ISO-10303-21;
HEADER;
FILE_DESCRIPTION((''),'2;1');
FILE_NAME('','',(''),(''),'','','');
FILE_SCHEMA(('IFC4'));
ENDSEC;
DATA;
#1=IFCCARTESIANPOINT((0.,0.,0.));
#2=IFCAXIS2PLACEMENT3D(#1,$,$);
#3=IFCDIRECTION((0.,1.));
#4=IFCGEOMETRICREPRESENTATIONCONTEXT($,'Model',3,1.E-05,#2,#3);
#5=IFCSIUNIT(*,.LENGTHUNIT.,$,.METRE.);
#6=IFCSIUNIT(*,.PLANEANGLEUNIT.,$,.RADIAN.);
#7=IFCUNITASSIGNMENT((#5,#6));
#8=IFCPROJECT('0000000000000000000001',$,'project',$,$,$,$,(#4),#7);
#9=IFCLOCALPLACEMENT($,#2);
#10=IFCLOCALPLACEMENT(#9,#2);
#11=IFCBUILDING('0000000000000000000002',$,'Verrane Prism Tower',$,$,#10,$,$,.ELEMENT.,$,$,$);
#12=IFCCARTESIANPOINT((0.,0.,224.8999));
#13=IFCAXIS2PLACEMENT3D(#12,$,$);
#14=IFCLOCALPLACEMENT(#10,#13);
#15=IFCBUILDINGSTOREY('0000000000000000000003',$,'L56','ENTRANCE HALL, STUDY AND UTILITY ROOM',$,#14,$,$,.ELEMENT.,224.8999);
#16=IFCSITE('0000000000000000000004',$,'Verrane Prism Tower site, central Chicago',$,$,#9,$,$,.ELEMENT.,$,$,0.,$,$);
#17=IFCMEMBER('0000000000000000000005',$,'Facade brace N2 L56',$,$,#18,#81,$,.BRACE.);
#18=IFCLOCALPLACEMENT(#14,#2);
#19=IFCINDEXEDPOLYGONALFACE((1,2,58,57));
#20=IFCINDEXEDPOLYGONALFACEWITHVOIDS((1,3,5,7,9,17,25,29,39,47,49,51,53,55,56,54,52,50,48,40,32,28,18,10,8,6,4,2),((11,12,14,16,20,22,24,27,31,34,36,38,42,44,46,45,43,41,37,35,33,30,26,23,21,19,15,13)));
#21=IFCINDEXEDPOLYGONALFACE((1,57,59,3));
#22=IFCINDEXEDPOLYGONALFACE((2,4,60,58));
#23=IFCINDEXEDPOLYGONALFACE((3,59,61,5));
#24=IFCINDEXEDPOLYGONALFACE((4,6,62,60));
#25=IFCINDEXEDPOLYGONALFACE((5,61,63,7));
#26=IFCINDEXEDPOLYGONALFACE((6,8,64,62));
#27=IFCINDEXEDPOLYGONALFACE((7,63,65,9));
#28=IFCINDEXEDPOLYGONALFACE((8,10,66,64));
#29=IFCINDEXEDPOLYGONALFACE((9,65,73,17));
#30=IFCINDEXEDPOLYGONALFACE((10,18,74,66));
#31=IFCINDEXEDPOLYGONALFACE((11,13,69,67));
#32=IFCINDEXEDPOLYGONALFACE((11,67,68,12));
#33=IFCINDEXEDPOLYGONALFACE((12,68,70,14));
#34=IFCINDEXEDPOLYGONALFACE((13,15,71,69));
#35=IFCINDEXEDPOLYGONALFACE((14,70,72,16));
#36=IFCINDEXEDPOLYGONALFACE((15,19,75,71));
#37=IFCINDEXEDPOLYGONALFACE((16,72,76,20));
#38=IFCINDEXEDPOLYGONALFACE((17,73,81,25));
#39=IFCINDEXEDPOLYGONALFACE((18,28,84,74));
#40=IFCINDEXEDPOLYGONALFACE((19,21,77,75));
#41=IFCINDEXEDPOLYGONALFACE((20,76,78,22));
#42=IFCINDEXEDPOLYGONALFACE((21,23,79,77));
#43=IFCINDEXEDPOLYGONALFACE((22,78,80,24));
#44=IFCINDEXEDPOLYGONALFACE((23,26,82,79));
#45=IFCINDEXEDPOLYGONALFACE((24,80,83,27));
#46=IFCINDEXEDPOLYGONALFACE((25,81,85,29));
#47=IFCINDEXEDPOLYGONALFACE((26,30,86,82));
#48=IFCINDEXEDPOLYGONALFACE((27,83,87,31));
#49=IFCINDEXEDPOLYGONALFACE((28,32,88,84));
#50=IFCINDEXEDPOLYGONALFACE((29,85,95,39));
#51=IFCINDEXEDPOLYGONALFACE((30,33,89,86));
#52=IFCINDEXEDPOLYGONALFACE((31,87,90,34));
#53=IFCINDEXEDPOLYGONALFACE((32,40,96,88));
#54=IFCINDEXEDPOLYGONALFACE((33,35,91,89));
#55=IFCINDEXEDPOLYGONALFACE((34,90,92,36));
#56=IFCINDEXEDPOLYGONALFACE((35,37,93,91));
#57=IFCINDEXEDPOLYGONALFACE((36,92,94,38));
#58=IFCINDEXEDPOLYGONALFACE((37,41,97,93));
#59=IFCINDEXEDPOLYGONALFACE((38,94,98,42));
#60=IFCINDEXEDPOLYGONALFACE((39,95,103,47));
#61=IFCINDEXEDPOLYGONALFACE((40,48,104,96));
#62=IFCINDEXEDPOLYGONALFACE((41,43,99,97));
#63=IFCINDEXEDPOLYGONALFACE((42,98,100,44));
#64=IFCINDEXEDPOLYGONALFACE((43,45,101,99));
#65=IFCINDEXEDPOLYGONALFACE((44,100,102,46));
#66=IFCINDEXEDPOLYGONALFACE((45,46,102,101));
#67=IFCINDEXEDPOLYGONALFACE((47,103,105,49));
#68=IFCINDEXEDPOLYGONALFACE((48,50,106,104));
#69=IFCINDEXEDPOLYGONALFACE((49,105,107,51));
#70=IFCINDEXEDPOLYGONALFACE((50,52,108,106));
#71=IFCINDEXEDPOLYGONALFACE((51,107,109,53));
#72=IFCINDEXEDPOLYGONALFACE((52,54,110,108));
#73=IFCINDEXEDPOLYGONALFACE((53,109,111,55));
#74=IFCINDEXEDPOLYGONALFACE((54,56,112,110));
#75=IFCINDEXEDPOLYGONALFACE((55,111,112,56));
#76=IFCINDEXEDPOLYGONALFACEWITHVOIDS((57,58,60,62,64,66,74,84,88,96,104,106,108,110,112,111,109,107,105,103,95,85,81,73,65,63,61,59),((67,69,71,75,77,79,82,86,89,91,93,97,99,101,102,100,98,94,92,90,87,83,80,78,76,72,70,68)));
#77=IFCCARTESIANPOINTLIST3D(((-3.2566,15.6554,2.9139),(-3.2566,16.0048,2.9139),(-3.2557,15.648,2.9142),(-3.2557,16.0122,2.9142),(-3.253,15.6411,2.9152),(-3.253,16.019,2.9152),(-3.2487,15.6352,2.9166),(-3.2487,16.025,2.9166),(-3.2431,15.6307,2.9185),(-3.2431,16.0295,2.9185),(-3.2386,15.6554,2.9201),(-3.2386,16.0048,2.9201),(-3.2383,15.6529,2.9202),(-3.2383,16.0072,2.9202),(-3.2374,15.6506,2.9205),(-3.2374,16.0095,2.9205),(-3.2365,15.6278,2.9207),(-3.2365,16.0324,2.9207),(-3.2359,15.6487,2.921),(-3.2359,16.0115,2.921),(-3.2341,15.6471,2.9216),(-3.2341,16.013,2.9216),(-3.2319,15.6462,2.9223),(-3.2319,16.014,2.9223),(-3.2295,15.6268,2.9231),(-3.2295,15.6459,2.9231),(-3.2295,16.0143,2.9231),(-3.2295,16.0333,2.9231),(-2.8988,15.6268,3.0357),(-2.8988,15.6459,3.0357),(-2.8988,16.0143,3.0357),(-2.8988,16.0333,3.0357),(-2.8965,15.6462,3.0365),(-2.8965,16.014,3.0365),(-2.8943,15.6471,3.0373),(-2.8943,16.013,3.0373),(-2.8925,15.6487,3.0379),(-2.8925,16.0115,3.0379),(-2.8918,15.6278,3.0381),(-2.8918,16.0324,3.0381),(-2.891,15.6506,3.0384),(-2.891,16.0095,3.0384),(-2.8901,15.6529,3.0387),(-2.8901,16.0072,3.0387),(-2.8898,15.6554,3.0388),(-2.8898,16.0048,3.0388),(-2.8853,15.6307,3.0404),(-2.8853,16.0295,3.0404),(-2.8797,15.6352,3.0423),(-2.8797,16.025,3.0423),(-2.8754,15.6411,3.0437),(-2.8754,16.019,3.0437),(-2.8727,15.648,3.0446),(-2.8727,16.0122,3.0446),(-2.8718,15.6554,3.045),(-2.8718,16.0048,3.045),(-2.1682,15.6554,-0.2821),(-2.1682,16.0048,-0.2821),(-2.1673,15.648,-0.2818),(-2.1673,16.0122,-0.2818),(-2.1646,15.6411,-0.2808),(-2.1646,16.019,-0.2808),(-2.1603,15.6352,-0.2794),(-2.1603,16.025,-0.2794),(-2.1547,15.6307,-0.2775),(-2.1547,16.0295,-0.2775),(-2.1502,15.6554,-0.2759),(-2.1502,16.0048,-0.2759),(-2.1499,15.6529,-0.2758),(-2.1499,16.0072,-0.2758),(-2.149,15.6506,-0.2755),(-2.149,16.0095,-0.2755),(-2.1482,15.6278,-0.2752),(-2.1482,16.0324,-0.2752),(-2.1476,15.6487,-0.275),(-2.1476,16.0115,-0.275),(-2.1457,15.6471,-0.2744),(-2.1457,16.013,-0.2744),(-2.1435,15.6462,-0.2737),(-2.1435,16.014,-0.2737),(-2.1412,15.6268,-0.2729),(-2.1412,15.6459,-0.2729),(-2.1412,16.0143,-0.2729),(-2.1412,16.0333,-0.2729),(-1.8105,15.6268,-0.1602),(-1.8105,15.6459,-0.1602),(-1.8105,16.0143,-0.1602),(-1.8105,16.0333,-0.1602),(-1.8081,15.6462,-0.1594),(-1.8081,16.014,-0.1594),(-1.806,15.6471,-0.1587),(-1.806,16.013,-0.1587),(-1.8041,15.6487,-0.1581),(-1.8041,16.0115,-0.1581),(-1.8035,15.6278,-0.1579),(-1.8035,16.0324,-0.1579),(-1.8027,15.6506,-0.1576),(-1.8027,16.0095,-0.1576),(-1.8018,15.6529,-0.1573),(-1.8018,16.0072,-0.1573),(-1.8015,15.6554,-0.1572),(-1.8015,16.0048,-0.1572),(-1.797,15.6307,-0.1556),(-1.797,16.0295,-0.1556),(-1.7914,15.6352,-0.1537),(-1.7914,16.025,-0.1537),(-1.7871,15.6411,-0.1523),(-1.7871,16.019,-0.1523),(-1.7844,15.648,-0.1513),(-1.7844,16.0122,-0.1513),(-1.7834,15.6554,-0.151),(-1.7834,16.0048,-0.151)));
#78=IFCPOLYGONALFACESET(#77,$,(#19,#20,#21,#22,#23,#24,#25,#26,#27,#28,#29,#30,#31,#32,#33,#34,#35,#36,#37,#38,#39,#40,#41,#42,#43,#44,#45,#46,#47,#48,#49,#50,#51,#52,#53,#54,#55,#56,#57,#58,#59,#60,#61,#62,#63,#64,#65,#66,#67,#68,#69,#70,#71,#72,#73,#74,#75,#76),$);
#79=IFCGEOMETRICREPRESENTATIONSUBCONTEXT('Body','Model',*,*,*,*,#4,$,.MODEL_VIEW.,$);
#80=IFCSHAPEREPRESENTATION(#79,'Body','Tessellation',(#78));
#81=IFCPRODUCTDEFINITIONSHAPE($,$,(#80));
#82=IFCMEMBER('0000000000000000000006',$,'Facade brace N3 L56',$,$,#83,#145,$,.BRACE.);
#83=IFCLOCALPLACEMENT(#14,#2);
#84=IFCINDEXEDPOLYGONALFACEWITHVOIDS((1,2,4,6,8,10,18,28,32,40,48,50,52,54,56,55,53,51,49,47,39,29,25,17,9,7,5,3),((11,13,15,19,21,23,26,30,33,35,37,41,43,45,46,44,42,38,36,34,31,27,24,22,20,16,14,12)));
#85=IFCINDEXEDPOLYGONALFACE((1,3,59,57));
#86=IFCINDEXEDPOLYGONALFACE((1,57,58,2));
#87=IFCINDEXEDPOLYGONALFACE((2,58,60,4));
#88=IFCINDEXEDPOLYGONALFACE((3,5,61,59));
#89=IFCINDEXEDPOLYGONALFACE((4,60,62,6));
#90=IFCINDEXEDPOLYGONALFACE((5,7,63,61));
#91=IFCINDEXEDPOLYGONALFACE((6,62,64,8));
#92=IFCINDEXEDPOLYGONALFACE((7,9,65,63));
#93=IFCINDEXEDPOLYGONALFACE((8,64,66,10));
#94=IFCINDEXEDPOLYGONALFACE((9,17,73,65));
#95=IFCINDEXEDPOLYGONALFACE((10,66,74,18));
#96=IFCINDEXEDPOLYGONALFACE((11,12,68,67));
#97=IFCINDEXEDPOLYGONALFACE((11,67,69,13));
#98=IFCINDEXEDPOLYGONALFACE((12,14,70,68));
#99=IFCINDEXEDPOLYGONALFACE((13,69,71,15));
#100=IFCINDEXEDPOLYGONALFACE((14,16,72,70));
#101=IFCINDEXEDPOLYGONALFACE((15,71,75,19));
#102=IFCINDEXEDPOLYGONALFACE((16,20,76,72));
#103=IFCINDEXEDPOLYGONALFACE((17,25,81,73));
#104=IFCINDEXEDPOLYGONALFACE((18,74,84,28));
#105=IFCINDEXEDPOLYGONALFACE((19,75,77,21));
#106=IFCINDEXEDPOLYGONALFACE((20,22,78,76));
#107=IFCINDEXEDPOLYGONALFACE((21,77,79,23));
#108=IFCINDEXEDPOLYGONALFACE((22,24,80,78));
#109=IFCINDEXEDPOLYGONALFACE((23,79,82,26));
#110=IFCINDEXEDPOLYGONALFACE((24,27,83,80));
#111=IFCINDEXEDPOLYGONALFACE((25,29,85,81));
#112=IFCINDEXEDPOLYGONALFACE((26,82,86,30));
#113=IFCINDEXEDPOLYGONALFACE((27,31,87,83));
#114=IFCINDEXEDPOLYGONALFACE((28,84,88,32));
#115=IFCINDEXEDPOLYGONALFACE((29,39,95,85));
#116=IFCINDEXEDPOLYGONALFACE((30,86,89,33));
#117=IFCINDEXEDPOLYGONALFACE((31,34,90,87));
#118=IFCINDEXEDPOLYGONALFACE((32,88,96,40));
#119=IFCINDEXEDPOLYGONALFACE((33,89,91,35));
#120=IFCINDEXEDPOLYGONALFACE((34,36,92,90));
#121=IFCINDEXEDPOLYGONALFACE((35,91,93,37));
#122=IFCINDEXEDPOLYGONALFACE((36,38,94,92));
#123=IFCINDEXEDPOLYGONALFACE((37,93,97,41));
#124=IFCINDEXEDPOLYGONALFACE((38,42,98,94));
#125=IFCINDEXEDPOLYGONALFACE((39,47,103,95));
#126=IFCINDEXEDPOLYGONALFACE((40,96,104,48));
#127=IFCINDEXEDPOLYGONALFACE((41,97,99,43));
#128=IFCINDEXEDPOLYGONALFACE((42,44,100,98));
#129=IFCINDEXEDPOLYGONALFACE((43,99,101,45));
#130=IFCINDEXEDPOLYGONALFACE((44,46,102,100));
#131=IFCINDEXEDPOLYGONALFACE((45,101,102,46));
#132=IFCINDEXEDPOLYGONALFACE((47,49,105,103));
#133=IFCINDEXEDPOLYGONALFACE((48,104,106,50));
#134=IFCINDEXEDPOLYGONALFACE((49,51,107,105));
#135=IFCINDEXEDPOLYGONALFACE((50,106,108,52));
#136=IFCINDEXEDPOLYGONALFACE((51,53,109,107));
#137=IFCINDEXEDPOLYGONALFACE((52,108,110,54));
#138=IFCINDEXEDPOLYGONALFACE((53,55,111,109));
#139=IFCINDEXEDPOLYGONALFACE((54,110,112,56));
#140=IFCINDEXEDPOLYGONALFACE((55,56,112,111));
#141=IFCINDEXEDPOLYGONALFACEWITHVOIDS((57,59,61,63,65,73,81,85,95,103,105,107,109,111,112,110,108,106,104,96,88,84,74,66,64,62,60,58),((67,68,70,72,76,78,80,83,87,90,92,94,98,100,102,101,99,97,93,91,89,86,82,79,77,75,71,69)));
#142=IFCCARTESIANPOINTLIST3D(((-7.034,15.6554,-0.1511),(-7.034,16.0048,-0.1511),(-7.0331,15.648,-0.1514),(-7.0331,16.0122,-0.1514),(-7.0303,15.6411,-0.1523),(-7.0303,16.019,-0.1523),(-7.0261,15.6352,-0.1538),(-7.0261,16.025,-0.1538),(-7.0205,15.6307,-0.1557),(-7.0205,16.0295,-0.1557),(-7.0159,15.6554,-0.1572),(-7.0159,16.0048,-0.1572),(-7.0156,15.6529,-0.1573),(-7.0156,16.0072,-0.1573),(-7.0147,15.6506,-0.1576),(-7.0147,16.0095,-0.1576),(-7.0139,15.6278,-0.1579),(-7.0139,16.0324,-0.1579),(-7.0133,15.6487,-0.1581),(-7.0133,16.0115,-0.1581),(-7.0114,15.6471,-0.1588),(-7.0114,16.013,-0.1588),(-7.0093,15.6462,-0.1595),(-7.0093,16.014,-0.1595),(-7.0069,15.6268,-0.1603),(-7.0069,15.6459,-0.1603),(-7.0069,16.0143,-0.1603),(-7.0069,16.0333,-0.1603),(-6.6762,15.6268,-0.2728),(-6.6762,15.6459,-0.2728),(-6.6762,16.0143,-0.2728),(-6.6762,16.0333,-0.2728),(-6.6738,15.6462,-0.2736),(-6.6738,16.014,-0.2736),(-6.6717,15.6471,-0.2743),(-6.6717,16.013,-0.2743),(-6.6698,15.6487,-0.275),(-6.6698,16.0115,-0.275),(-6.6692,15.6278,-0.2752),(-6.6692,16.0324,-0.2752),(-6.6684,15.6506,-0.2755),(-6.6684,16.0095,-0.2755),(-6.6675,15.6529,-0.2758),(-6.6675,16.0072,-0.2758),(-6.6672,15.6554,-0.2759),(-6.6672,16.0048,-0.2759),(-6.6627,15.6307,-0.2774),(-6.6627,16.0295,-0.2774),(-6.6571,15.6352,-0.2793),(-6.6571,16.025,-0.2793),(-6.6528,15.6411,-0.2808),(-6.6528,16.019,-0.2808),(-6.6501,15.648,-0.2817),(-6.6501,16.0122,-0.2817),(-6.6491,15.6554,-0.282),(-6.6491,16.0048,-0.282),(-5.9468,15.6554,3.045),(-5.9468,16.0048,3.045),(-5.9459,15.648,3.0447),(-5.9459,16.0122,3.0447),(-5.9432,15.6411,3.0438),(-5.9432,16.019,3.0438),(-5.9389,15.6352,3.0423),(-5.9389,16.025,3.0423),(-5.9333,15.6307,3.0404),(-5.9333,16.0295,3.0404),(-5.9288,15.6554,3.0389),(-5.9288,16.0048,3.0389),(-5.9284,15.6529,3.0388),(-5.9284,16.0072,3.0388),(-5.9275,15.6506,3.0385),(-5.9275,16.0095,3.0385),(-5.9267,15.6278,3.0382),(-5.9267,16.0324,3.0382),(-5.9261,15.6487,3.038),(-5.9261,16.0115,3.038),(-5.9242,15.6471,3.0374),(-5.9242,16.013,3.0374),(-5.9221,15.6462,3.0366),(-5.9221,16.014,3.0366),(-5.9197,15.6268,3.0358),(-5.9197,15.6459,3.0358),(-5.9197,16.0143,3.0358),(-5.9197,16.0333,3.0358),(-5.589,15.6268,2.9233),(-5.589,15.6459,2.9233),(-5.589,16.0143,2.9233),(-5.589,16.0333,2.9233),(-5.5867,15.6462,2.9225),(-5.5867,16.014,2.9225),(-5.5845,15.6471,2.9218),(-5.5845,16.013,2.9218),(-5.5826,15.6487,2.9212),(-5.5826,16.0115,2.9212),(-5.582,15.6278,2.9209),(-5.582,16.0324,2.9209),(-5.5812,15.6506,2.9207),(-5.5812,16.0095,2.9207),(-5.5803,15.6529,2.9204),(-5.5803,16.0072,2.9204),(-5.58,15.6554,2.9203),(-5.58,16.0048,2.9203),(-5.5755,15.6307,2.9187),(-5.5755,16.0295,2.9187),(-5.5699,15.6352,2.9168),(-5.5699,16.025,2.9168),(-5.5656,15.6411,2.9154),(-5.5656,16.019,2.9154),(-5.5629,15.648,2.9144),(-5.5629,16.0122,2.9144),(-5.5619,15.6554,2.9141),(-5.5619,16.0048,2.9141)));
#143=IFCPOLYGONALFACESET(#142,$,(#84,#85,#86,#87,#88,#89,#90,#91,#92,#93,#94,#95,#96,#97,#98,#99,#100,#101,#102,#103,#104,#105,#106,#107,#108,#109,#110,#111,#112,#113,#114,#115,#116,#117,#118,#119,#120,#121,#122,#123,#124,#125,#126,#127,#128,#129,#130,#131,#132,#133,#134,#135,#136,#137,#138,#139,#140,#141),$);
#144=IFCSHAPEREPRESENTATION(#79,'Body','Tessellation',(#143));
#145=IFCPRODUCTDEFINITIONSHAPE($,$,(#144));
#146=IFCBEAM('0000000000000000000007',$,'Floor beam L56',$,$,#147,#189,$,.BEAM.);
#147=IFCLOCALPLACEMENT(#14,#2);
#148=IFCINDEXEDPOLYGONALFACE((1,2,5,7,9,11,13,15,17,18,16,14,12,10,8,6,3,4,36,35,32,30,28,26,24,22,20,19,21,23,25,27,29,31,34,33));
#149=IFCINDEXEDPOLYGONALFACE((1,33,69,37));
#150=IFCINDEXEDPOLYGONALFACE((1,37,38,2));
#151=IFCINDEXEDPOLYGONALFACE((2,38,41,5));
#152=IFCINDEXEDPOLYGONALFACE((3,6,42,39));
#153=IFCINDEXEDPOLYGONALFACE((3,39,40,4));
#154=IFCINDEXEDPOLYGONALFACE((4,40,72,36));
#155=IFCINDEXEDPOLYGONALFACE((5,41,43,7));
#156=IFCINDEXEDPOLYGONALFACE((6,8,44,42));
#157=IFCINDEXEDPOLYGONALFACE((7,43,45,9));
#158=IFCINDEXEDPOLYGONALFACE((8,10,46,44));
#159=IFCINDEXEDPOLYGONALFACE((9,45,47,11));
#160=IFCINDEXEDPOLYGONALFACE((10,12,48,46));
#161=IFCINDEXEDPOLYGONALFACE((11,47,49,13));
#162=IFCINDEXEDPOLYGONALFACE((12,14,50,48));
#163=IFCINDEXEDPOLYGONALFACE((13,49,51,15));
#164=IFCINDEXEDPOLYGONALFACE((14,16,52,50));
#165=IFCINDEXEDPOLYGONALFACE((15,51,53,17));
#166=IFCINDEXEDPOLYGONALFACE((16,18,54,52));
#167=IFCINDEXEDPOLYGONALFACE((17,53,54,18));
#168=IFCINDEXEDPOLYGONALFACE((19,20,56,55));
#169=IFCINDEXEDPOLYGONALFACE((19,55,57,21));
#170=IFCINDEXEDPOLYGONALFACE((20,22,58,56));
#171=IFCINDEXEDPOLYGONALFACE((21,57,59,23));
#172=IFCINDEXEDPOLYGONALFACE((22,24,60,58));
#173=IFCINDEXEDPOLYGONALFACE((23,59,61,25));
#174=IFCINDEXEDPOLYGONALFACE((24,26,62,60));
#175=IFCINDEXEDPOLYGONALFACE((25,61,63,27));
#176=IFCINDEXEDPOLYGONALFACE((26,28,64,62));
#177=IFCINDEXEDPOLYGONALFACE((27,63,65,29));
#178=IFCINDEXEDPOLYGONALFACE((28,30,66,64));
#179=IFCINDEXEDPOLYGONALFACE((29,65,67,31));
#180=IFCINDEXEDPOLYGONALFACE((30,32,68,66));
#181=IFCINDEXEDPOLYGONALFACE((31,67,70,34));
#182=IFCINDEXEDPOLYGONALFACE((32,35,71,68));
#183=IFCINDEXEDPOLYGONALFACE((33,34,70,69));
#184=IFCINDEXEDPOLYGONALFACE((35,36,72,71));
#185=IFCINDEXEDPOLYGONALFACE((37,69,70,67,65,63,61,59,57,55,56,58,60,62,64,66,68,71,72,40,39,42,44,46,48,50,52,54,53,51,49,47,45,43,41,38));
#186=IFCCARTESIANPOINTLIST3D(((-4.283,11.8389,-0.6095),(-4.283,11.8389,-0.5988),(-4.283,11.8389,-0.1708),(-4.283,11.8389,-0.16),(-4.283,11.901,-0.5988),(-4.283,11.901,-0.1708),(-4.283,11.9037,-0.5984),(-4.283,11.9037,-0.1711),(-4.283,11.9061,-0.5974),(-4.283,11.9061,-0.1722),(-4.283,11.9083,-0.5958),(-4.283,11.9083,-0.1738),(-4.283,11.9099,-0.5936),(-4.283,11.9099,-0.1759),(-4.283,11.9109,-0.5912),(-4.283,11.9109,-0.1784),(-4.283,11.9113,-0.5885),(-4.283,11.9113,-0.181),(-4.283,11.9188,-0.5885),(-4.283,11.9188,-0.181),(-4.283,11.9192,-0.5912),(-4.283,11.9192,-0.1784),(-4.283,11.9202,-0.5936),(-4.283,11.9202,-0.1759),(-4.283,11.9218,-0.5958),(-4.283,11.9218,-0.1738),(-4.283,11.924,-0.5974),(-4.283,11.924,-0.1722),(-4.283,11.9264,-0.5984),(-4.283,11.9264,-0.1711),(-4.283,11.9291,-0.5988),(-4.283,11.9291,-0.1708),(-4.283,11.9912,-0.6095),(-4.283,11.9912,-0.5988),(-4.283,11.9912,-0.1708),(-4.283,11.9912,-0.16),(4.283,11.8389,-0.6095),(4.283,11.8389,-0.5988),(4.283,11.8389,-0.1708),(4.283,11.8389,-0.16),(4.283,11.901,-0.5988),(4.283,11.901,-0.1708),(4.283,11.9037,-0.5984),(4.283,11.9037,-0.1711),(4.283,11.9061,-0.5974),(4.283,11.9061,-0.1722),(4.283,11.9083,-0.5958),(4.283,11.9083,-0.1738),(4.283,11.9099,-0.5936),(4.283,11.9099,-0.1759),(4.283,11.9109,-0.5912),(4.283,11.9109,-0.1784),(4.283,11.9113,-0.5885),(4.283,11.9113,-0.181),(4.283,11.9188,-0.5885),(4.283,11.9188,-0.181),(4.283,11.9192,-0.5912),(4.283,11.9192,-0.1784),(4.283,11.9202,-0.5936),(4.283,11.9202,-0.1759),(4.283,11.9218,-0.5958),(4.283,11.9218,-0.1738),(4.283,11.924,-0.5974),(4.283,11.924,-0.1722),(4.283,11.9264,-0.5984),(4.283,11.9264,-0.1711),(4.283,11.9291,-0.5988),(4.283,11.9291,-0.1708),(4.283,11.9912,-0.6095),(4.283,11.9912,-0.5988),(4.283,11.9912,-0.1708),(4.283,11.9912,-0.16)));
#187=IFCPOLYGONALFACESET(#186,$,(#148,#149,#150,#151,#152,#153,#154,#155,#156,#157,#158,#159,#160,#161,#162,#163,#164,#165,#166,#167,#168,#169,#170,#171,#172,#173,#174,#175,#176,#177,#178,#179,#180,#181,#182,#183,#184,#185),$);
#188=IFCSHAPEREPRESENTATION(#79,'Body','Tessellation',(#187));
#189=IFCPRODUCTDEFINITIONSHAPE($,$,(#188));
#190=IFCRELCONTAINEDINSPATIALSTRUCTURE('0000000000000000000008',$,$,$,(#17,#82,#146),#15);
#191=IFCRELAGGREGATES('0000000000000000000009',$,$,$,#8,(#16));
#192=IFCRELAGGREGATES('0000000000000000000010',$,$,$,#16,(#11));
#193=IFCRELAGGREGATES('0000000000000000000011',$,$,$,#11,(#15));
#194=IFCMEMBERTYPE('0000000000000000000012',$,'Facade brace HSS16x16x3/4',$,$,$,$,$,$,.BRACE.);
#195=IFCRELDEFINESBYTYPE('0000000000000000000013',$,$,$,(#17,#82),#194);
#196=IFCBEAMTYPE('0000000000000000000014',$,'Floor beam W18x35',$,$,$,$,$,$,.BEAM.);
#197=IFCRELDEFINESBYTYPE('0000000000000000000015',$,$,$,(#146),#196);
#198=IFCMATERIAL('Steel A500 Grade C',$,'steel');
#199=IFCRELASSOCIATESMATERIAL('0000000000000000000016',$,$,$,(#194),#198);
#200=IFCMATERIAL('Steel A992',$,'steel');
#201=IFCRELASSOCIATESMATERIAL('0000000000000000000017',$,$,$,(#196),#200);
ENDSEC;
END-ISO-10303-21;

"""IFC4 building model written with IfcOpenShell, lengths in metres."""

from ifc_helpers import new_model, si_unit, direction, frame, origin, origin_2d, place, context, subcontext, project, spatial, hollow_rectangle, i_section, extrude, material, material_profile, profile_set, type_object, element, save


model = new_model("IFC4")

# Units and contexts
model_context = context("Model", 3, precision=1e-05, world=origin(), true_north=direction((0.0, 1.0)))
body_context = subcontext(model_context, "Body", "Model", "MODEL_VIEW")
ifc_project = project(units=[si_unit("LENGTHUNIT", "METRE"), si_unit("PLANEANGLEUNIT", "RADIAN")], contexts=[model_context])

# Site, building, storey
site_placement = place(None, origin())
site = spatial("IfcSite", under=ifc_project, at=site_placement, Name="Verrane Prism Tower site, central Chicago", CompositionType="ELEMENT", RefElevation=0.0)
building_placement = place(site_placement, origin())
building = spatial("IfcBuilding", under=site, at=building_placement, Name="Verrane Prism Tower", CompositionType="ELEMENT")
storey_placement = place(building_placement, frame((0.0, 0.0, 224.8999)))
storey = spatial("IfcBuildingStorey", under=building, at=storey_placement, Name="L56", Description="ENTRANCE HALL, STUDY AND UTILITY ROOM", CompositionType="ELEMENT", Elevation=224.8999)

# Members
ifc_material_1 = material(Name="Steel A500 Grade C", Category="steel")
ifc_material_profile_1 = material_profile(ifc_material_1, hollow_rectangle(XDim=0.4065, YDim=0.4065, WallThickness=0.019, InnerFilletRadius=0.0095, OuterFilletRadius=0.0286, at=origin_2d()), Name="HSS16x16x3/4")
ifc_profile_set_1 = profile_set([ifc_material_profile_1], Name="Steel A500 Grade C")
member_type_1 = type_object("IfcMemberType", Name="Facade brace HSS16x16x3/4", PredefinedType="BRACE", material=ifc_profile_set_1)
member_1_placement = place(storey_placement, frame((-1.9758, 15.8301, -0.2166), z_axis=(-0.32236, 0.0, 0.946617), x_axis=(0.0, -1.0, 0.0)))
element("IfcMember", 1, at=member_1_placement, inside=storey, type_object=member_type_1, Name="Facade brace N2 L56", PredefinedType="BRACE", context=body_context, shape_type="SweptSolid", body=[
    extrude(hollow_rectangle(XDim=0.4065, YDim=0.4065, WallThickness=0.019, InnerFilletRadius=0.0095, OuterFilletRadius=0.0286, at=origin_2d()), origin(), (0.0, 0.0, 1.0), 3.3762),
])
member_2_placement = place(storey_placement, frame((-6.8416, 15.8301, -0.2166), z_axis=(0.322036, 0.0, 0.946727), x_axis=(0.0, 1.0, 0.0)))
element("IfcMember", 2, at=member_2_placement, inside=storey, type_object=member_type_1, Name="Facade brace N3 L56", PredefinedType="BRACE", context=body_context, shape_type="SweptSolid", body=[
    extrude(hollow_rectangle(XDim=0.4065, YDim=0.4065, WallThickness=0.019, InnerFilletRadius=0.0095, OuterFilletRadius=0.0286, at=origin_2d()), origin(), (0.0, 0.0, 1.0), 3.376),
])

# Beam
ifc_material_2 = material(Name="Steel A992", Category="steel")
ifc_material_profile_2 = material_profile(ifc_material_2, i_section(OverallWidth=0.1523, OverallDepth=0.4495, WebThickness=0.0076, FlangeThickness=0.0107, FilletRadius=0.0103, at=origin_2d()), Name="W18x35")
ifc_profile_set_2 = profile_set([ifc_material_profile_2], Name="Steel A992")
beam_type_1 = type_object("IfcBeamType", Name="Floor beam W18x35", PredefinedType="BEAM", material=ifc_profile_set_2)
beam_1_placement = place(storey_placement, frame((-4.283, 11.915, -0.3848), z_axis=(1.0, 0.0, 0.0), x_axis=(0.0, 1.0, 0.0)))
element("IfcBeam", 3, at=beam_1_placement, inside=storey, type_object=beam_type_1, Name="Floor beam L56", PredefinedType="BEAM", context=body_context, shape_type="SweptSolid", body=[
    extrude(i_section(OverallWidth=0.1523, OverallDepth=0.4495, WebThickness=0.0076, FlangeThickness=0.0107, FilletRadius=0.0103, at=origin_2d()), origin(), (0.0, 0.0, 1.0), 8.5659),
])

save(model, "model.ifc")
